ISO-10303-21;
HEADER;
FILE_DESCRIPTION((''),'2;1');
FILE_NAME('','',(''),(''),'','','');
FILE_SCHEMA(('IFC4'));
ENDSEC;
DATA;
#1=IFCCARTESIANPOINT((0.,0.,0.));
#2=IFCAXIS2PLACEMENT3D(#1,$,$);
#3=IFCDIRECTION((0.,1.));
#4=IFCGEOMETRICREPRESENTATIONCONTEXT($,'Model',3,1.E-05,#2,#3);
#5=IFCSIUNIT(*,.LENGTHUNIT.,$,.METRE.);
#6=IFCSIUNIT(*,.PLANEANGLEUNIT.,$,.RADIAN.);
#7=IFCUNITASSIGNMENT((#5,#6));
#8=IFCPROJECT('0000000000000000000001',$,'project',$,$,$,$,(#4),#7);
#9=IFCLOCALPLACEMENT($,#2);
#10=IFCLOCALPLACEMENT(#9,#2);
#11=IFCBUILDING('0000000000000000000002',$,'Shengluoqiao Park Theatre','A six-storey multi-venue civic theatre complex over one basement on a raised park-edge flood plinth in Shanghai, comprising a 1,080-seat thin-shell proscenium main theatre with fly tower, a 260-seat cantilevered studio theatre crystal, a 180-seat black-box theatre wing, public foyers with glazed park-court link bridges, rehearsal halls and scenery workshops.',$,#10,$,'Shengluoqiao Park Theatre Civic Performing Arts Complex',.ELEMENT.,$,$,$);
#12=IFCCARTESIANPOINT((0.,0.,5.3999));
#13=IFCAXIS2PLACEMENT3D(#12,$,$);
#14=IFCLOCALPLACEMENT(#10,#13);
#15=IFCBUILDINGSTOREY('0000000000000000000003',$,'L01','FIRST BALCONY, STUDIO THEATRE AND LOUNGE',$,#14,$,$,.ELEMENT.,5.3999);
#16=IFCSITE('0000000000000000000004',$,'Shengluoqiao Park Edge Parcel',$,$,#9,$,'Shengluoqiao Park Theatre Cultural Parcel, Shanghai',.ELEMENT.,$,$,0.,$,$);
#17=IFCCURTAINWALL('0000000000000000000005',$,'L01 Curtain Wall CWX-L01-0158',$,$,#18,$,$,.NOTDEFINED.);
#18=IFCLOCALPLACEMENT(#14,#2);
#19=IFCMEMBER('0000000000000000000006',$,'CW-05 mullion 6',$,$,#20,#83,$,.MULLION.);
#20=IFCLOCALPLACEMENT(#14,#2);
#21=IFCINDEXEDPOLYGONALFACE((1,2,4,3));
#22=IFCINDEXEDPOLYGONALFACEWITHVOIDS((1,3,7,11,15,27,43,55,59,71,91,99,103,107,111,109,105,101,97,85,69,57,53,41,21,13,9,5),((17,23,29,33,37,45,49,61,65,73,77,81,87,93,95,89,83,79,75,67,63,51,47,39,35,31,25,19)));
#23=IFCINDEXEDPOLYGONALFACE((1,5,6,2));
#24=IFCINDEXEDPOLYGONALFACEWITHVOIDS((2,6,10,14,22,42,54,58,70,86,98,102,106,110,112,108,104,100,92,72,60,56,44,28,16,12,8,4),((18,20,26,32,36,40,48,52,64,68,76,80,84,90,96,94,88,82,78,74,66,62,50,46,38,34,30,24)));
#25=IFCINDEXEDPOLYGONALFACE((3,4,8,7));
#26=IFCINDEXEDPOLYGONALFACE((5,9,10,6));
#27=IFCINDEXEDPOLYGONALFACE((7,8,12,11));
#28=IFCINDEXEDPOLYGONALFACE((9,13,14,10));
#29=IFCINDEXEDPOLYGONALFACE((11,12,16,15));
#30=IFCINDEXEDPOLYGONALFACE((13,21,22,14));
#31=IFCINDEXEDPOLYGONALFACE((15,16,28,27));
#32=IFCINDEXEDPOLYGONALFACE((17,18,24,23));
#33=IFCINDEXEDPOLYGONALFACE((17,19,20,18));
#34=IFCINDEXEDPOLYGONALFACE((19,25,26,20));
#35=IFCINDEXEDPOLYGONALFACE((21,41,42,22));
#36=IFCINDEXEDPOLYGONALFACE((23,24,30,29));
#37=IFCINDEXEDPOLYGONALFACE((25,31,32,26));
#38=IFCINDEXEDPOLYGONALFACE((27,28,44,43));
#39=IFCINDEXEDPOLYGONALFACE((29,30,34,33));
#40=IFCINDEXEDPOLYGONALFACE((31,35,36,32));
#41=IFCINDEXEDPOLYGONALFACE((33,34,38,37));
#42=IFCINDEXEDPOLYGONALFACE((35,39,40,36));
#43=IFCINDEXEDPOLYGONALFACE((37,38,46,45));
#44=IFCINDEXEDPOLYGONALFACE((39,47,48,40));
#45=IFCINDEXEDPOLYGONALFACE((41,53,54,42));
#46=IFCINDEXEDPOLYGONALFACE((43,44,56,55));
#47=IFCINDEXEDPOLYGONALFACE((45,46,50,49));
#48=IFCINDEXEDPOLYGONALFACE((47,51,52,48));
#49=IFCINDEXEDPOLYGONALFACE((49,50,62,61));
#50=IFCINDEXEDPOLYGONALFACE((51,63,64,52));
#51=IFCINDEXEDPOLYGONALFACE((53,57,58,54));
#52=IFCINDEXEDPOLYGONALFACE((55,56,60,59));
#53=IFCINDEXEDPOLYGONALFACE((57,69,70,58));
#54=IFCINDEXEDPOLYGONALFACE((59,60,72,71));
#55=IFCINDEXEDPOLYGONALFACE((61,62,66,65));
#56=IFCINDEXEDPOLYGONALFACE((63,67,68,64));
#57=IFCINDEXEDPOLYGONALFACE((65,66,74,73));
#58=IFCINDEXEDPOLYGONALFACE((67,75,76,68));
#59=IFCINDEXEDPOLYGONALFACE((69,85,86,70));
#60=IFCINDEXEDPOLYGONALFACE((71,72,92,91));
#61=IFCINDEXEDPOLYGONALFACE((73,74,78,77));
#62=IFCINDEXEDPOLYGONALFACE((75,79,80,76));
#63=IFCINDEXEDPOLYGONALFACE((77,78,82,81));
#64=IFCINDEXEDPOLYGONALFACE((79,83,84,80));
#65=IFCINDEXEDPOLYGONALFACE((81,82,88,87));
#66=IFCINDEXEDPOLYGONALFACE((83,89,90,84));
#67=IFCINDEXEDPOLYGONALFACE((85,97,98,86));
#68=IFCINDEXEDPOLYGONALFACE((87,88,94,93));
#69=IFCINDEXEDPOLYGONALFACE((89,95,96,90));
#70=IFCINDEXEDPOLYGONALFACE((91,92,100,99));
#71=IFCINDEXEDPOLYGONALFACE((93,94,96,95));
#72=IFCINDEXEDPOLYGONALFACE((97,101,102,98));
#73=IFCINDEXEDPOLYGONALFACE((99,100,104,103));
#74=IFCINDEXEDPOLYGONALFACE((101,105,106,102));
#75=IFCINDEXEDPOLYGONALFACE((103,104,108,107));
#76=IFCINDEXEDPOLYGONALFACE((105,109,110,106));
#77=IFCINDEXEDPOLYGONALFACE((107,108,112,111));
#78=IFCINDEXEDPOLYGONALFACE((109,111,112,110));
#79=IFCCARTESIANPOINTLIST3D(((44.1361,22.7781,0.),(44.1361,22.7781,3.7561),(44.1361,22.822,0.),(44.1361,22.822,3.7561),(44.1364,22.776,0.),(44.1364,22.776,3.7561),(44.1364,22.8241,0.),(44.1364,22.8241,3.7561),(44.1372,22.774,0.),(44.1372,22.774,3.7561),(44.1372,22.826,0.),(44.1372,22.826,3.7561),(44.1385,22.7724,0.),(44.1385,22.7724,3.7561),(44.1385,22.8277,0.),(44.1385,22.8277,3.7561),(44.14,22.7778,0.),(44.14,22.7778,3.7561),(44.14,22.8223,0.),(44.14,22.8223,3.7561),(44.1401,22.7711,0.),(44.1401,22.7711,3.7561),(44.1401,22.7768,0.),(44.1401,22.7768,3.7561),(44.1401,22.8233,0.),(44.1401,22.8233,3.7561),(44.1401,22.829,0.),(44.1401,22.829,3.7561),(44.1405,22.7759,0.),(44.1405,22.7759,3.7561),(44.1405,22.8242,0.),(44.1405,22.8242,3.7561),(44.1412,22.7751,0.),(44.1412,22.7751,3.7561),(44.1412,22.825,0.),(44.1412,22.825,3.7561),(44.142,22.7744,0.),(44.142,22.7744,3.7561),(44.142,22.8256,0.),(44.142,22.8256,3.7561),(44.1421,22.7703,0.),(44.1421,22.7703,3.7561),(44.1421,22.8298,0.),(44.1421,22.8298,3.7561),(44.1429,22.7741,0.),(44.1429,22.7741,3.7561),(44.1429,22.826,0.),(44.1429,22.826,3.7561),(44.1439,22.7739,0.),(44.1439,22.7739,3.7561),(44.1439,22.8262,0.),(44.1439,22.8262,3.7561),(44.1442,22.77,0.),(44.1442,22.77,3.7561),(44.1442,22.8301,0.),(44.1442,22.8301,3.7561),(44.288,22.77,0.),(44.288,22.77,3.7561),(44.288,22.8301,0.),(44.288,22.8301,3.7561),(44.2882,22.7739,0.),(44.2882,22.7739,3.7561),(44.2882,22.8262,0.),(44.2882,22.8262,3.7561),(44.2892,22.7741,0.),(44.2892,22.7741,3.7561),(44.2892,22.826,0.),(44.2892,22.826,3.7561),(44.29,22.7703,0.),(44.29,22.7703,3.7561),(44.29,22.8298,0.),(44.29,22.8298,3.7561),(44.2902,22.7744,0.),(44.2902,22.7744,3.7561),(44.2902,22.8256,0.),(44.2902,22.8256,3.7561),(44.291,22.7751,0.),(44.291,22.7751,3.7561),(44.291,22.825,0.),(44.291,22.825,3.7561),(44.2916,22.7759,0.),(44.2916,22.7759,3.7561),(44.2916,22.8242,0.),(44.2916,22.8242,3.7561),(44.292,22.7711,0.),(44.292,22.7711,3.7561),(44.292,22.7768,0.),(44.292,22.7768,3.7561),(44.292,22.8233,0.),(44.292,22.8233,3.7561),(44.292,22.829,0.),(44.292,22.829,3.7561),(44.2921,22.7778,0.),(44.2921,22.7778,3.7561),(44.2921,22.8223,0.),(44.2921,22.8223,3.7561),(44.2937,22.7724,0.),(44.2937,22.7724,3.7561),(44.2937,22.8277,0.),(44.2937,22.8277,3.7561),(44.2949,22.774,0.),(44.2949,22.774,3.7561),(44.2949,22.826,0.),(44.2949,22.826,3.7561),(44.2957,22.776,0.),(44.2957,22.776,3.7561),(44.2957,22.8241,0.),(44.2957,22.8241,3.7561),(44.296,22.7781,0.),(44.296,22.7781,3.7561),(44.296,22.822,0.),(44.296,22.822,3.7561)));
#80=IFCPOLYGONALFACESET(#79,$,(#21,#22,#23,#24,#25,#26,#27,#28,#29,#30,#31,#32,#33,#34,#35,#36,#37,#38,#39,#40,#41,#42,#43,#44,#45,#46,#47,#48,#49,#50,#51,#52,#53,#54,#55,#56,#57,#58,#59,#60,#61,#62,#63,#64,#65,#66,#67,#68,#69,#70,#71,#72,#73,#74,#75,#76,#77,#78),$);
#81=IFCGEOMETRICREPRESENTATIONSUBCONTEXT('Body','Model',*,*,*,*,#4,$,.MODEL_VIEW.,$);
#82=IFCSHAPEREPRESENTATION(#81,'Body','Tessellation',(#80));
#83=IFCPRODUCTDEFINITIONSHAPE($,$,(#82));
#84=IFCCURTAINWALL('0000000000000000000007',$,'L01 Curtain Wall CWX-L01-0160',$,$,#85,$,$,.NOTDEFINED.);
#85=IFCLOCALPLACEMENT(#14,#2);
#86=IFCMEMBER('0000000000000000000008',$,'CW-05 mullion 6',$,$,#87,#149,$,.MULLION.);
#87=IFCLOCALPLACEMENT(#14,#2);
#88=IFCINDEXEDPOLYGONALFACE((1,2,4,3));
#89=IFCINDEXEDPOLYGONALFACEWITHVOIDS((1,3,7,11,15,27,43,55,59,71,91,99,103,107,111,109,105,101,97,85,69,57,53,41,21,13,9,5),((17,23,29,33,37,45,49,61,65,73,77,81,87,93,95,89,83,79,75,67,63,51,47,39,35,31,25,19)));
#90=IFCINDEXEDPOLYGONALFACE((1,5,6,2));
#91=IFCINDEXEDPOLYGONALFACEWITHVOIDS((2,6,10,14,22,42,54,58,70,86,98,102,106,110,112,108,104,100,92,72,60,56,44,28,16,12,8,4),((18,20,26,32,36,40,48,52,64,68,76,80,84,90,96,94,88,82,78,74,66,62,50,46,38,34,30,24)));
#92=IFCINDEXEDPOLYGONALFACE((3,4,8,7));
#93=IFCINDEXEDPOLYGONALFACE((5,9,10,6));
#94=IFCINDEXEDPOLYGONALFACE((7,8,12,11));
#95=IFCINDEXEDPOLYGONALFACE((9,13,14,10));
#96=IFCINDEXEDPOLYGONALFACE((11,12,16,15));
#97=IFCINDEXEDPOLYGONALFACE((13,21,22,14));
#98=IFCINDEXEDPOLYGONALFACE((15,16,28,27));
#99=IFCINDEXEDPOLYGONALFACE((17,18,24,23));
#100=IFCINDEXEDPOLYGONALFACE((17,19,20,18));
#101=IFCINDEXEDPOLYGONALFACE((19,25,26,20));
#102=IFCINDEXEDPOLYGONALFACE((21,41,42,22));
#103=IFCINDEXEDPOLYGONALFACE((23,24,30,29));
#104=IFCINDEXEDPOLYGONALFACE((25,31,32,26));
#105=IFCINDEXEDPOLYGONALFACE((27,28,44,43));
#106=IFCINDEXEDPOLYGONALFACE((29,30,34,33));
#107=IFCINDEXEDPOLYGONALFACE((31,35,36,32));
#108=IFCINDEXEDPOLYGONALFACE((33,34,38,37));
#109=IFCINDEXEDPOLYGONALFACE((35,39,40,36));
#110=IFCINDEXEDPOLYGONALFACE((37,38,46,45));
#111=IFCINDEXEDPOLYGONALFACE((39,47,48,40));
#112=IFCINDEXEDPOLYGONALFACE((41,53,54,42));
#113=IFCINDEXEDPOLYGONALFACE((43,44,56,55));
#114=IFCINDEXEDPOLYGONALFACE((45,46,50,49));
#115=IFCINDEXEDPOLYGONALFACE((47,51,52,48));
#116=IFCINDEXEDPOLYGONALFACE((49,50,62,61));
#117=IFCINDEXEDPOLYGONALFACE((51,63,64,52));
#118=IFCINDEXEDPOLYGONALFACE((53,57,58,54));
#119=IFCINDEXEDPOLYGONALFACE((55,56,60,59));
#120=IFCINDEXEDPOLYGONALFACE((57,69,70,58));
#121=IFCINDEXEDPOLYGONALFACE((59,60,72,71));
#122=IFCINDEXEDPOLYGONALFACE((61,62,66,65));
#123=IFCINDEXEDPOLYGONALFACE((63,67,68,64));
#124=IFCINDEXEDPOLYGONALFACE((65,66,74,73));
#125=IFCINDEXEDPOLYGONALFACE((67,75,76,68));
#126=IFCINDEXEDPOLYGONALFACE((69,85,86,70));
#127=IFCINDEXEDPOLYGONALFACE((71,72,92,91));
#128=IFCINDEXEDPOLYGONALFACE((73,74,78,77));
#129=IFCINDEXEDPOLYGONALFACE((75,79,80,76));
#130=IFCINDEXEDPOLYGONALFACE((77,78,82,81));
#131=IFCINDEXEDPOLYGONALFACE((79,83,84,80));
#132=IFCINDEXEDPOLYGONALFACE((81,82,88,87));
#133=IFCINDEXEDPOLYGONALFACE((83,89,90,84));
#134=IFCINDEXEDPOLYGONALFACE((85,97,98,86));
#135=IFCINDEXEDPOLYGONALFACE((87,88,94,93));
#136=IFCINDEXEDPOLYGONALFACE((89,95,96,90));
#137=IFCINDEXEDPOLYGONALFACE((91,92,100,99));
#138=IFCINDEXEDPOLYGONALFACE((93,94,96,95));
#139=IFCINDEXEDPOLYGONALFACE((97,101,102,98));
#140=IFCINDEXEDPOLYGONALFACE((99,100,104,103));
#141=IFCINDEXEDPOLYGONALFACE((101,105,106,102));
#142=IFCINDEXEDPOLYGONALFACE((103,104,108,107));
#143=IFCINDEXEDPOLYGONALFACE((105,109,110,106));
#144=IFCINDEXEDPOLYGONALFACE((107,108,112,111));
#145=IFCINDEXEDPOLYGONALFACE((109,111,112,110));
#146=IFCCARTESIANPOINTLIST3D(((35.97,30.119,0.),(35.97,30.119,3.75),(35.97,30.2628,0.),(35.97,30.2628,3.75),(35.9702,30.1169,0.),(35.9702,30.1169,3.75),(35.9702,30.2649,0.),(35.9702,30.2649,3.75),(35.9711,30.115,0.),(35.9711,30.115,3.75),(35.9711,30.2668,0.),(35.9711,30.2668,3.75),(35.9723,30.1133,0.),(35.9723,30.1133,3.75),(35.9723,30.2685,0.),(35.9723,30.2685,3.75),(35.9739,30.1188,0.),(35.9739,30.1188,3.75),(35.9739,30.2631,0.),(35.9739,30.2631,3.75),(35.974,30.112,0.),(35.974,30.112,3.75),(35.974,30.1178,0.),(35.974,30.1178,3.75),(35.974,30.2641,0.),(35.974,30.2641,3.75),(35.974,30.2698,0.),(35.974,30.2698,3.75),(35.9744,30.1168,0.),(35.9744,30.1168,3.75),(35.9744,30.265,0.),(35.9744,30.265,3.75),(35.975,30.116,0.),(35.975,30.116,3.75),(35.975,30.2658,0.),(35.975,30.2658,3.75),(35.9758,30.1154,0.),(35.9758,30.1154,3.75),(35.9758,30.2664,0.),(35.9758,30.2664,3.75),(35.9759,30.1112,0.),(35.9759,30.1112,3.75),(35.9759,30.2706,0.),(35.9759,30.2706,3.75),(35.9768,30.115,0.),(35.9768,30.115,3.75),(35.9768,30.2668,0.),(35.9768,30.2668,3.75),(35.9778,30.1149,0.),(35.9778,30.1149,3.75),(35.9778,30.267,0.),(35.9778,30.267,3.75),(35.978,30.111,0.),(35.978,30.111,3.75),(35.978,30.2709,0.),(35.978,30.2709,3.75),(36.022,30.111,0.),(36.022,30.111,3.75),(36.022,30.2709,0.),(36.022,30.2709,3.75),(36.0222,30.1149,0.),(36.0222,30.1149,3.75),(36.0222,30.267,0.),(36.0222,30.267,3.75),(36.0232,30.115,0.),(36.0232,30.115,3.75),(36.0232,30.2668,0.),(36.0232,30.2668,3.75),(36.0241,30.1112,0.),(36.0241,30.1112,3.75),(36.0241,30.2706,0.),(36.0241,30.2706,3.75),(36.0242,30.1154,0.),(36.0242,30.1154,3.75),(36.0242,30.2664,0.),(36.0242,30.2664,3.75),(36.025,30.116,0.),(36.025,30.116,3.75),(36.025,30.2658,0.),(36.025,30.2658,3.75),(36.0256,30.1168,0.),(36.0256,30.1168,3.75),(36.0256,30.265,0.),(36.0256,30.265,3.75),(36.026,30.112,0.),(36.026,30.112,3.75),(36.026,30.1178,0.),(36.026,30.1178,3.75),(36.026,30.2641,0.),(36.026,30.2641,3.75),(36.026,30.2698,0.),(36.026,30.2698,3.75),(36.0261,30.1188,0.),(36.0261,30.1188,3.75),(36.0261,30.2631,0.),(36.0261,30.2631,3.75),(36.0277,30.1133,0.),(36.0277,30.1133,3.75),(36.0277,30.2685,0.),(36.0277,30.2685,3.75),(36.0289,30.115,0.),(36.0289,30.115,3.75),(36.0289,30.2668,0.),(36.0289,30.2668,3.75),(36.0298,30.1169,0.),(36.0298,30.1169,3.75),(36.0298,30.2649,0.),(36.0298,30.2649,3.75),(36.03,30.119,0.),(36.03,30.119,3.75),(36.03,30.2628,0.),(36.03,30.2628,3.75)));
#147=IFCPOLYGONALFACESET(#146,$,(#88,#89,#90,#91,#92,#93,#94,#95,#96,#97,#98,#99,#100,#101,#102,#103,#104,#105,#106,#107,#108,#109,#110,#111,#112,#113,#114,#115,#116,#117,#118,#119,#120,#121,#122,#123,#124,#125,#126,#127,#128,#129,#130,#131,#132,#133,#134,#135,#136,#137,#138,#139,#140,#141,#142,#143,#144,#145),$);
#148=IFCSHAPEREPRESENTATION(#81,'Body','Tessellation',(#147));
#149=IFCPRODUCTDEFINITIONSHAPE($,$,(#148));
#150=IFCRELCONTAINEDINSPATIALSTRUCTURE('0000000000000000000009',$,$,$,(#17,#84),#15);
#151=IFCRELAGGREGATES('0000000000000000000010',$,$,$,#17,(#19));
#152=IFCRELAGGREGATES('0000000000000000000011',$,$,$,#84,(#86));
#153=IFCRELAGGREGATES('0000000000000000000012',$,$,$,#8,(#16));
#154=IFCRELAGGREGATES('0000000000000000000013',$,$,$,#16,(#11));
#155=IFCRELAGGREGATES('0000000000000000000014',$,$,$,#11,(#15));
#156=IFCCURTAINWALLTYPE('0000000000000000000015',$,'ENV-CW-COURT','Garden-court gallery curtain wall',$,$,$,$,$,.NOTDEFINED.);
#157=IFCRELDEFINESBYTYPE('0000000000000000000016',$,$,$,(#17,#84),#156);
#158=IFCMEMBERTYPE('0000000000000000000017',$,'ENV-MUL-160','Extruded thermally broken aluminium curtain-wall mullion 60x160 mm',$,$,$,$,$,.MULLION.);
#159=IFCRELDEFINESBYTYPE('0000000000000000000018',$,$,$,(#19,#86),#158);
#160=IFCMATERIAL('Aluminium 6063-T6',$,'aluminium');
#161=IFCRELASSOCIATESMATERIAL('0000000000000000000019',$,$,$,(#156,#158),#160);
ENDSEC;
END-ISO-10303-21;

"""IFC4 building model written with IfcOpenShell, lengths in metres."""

from ifc_helpers import new_model, si_unit, direction, frame, origin, origin_2d, place, context, subcontext, project, spatial, hollow_rectangle, extrude, material, material_profile, profile_set, type_object, element, aggregate, save


model = new_model("IFC4")

# Units and contexts
model_context = context("Model", 3, precision=1e-05, world=origin(), true_north=direction((0.0, 1.0)))
body_context = subcontext(model_context, "Body", "Model", "MODEL_VIEW")
ifc_project = project(units=[si_unit("LENGTHUNIT", "METRE"), si_unit("PLANEANGLEUNIT", "RADIAN")], contexts=[model_context])

# Site, building, storey
site_placement = place(None, origin())
site = spatial("IfcSite", under=ifc_project, at=site_placement, Name="Shengluoqiao Park Edge Parcel", LongName="Shengluoqiao Park Theatre Cultural Parcel, Shanghai", CompositionType="ELEMENT", RefElevation=0.0)
building_placement = place(site_placement, origin())
building = spatial("IfcBuilding", under=site, at=building_placement, Name="Shengluoqiao Park Theatre", Description="A six-storey multi-venue civic theatre complex over one basement on a raised park-edge flood plinth in Shanghai, comprising a 1,080-seat thin-shell proscenium main theatre with fly tower, a 260-seat cantilevered studio theatre crystal, a 180-seat black-box theatre wing, public foyers with glazed park-court link bridges, rehearsal halls and scenery workshops.", LongName="Shengluoqiao Park Theatre Civic Performing Arts Complex", CompositionType="ELEMENT")
storey_placement = place(building_placement, frame((0.0, 0.0, 5.3999)))
storey = spatial("IfcBuildingStorey", under=building, at=storey_placement, Name="L01", Description="FIRST BALCONY, STUDIO THEATRE AND LOUNGE", CompositionType="ELEMENT", Elevation=5.3999)

# Curtain wall, member
ifc_material_1 = material(Name="Aluminium 6063-T6", Category="aluminium")
curtain_wall_type = type_object("IfcCurtainWallType", Name="ENV-CW-COURT", Description="Garden-court gallery curtain wall", PredefinedType="NOTDEFINED", material=ifc_material_1)
ifc_material_profile_1 = material_profile(ifc_material_1, hollow_rectangle(XDim=0.0601, YDim=0.1599, WallThickness=0.0039, InnerFilletRadius=0.0039, OuterFilletRadius=0.0081, at=origin_2d()), Name="ALU MULLION 160x60x4")
ifc_profile_set_1 = profile_set([ifc_material_profile_1], Name="Aluminium 6063-T6")
member_type_1 = type_object("IfcMemberType", Name="ENV-MUL-160", Description="Extruded thermally broken aluminium curtain-wall mullion 60x160 mm", PredefinedType="MULLION", material=ifc_profile_set_1)
curtain_wall_1_placement = place(storey_placement, origin())
curtain_wall_1 = element("IfcCurtainWall", 1, at=curtain_wall_1_placement, inside=storey, type_object=curtain_wall_type, Name="L01 Curtain Wall CWX-L01-0158", PredefinedType="NOTDEFINED")
member_1_placement = place(storey_placement, frame((44.2161, 22.8, 0.0), z_axis=(0.0, 0.0, 1.0), x_axis=(0.0, 1.0, 0.0)))
member_1 = element("IfcMember", 2, at=member_1_placement, type_object=member_type_1, Name="CW-05 mullion 6", PredefinedType="MULLION", context=body_context, shape_type="SweptSolid", body=[
    extrude(hollow_rectangle(XDim=0.0601, YDim=0.1599, WallThickness=0.0039, InnerFilletRadius=0.0039, OuterFilletRadius=0.0081, at=origin_2d()), origin(), (0.0, 0.0, 1.0), 3.7561),
])

# Curtain wall, member
curtain_wall_2_placement = place(storey_placement, origin())
curtain_wall_2 = element("IfcCurtainWall", 3, at=curtain_wall_2_placement, inside=storey, type_object=curtain_wall_type, Name="L01 Curtain Wall CWX-L01-0160", PredefinedType="NOTDEFINED")
member_2_placement = place(storey_placement, frame((36.0, 30.1909, 0.0), z_axis=(0.0, 0.0, 1.0), x_axis=(-1.0, 0.0, 0.0)))
member_2 = element("IfcMember", 4, at=member_2_placement, type_object=member_type_1, Name="CW-05 mullion 6", PredefinedType="MULLION", context=body_context, shape_type="SweptSolid", body=[
    extrude(hollow_rectangle(XDim=0.0601, YDim=0.1599, WallThickness=0.0039, InnerFilletRadius=0.0039, OuterFilletRadius=0.0081, at=origin_2d()), origin(), (0.0, 0.0, 1.0), 3.75),
])

aggregate(curtain_wall_1, [member_1])
aggregate(curtain_wall_2, [member_2])

save(model, "model.ifc")
